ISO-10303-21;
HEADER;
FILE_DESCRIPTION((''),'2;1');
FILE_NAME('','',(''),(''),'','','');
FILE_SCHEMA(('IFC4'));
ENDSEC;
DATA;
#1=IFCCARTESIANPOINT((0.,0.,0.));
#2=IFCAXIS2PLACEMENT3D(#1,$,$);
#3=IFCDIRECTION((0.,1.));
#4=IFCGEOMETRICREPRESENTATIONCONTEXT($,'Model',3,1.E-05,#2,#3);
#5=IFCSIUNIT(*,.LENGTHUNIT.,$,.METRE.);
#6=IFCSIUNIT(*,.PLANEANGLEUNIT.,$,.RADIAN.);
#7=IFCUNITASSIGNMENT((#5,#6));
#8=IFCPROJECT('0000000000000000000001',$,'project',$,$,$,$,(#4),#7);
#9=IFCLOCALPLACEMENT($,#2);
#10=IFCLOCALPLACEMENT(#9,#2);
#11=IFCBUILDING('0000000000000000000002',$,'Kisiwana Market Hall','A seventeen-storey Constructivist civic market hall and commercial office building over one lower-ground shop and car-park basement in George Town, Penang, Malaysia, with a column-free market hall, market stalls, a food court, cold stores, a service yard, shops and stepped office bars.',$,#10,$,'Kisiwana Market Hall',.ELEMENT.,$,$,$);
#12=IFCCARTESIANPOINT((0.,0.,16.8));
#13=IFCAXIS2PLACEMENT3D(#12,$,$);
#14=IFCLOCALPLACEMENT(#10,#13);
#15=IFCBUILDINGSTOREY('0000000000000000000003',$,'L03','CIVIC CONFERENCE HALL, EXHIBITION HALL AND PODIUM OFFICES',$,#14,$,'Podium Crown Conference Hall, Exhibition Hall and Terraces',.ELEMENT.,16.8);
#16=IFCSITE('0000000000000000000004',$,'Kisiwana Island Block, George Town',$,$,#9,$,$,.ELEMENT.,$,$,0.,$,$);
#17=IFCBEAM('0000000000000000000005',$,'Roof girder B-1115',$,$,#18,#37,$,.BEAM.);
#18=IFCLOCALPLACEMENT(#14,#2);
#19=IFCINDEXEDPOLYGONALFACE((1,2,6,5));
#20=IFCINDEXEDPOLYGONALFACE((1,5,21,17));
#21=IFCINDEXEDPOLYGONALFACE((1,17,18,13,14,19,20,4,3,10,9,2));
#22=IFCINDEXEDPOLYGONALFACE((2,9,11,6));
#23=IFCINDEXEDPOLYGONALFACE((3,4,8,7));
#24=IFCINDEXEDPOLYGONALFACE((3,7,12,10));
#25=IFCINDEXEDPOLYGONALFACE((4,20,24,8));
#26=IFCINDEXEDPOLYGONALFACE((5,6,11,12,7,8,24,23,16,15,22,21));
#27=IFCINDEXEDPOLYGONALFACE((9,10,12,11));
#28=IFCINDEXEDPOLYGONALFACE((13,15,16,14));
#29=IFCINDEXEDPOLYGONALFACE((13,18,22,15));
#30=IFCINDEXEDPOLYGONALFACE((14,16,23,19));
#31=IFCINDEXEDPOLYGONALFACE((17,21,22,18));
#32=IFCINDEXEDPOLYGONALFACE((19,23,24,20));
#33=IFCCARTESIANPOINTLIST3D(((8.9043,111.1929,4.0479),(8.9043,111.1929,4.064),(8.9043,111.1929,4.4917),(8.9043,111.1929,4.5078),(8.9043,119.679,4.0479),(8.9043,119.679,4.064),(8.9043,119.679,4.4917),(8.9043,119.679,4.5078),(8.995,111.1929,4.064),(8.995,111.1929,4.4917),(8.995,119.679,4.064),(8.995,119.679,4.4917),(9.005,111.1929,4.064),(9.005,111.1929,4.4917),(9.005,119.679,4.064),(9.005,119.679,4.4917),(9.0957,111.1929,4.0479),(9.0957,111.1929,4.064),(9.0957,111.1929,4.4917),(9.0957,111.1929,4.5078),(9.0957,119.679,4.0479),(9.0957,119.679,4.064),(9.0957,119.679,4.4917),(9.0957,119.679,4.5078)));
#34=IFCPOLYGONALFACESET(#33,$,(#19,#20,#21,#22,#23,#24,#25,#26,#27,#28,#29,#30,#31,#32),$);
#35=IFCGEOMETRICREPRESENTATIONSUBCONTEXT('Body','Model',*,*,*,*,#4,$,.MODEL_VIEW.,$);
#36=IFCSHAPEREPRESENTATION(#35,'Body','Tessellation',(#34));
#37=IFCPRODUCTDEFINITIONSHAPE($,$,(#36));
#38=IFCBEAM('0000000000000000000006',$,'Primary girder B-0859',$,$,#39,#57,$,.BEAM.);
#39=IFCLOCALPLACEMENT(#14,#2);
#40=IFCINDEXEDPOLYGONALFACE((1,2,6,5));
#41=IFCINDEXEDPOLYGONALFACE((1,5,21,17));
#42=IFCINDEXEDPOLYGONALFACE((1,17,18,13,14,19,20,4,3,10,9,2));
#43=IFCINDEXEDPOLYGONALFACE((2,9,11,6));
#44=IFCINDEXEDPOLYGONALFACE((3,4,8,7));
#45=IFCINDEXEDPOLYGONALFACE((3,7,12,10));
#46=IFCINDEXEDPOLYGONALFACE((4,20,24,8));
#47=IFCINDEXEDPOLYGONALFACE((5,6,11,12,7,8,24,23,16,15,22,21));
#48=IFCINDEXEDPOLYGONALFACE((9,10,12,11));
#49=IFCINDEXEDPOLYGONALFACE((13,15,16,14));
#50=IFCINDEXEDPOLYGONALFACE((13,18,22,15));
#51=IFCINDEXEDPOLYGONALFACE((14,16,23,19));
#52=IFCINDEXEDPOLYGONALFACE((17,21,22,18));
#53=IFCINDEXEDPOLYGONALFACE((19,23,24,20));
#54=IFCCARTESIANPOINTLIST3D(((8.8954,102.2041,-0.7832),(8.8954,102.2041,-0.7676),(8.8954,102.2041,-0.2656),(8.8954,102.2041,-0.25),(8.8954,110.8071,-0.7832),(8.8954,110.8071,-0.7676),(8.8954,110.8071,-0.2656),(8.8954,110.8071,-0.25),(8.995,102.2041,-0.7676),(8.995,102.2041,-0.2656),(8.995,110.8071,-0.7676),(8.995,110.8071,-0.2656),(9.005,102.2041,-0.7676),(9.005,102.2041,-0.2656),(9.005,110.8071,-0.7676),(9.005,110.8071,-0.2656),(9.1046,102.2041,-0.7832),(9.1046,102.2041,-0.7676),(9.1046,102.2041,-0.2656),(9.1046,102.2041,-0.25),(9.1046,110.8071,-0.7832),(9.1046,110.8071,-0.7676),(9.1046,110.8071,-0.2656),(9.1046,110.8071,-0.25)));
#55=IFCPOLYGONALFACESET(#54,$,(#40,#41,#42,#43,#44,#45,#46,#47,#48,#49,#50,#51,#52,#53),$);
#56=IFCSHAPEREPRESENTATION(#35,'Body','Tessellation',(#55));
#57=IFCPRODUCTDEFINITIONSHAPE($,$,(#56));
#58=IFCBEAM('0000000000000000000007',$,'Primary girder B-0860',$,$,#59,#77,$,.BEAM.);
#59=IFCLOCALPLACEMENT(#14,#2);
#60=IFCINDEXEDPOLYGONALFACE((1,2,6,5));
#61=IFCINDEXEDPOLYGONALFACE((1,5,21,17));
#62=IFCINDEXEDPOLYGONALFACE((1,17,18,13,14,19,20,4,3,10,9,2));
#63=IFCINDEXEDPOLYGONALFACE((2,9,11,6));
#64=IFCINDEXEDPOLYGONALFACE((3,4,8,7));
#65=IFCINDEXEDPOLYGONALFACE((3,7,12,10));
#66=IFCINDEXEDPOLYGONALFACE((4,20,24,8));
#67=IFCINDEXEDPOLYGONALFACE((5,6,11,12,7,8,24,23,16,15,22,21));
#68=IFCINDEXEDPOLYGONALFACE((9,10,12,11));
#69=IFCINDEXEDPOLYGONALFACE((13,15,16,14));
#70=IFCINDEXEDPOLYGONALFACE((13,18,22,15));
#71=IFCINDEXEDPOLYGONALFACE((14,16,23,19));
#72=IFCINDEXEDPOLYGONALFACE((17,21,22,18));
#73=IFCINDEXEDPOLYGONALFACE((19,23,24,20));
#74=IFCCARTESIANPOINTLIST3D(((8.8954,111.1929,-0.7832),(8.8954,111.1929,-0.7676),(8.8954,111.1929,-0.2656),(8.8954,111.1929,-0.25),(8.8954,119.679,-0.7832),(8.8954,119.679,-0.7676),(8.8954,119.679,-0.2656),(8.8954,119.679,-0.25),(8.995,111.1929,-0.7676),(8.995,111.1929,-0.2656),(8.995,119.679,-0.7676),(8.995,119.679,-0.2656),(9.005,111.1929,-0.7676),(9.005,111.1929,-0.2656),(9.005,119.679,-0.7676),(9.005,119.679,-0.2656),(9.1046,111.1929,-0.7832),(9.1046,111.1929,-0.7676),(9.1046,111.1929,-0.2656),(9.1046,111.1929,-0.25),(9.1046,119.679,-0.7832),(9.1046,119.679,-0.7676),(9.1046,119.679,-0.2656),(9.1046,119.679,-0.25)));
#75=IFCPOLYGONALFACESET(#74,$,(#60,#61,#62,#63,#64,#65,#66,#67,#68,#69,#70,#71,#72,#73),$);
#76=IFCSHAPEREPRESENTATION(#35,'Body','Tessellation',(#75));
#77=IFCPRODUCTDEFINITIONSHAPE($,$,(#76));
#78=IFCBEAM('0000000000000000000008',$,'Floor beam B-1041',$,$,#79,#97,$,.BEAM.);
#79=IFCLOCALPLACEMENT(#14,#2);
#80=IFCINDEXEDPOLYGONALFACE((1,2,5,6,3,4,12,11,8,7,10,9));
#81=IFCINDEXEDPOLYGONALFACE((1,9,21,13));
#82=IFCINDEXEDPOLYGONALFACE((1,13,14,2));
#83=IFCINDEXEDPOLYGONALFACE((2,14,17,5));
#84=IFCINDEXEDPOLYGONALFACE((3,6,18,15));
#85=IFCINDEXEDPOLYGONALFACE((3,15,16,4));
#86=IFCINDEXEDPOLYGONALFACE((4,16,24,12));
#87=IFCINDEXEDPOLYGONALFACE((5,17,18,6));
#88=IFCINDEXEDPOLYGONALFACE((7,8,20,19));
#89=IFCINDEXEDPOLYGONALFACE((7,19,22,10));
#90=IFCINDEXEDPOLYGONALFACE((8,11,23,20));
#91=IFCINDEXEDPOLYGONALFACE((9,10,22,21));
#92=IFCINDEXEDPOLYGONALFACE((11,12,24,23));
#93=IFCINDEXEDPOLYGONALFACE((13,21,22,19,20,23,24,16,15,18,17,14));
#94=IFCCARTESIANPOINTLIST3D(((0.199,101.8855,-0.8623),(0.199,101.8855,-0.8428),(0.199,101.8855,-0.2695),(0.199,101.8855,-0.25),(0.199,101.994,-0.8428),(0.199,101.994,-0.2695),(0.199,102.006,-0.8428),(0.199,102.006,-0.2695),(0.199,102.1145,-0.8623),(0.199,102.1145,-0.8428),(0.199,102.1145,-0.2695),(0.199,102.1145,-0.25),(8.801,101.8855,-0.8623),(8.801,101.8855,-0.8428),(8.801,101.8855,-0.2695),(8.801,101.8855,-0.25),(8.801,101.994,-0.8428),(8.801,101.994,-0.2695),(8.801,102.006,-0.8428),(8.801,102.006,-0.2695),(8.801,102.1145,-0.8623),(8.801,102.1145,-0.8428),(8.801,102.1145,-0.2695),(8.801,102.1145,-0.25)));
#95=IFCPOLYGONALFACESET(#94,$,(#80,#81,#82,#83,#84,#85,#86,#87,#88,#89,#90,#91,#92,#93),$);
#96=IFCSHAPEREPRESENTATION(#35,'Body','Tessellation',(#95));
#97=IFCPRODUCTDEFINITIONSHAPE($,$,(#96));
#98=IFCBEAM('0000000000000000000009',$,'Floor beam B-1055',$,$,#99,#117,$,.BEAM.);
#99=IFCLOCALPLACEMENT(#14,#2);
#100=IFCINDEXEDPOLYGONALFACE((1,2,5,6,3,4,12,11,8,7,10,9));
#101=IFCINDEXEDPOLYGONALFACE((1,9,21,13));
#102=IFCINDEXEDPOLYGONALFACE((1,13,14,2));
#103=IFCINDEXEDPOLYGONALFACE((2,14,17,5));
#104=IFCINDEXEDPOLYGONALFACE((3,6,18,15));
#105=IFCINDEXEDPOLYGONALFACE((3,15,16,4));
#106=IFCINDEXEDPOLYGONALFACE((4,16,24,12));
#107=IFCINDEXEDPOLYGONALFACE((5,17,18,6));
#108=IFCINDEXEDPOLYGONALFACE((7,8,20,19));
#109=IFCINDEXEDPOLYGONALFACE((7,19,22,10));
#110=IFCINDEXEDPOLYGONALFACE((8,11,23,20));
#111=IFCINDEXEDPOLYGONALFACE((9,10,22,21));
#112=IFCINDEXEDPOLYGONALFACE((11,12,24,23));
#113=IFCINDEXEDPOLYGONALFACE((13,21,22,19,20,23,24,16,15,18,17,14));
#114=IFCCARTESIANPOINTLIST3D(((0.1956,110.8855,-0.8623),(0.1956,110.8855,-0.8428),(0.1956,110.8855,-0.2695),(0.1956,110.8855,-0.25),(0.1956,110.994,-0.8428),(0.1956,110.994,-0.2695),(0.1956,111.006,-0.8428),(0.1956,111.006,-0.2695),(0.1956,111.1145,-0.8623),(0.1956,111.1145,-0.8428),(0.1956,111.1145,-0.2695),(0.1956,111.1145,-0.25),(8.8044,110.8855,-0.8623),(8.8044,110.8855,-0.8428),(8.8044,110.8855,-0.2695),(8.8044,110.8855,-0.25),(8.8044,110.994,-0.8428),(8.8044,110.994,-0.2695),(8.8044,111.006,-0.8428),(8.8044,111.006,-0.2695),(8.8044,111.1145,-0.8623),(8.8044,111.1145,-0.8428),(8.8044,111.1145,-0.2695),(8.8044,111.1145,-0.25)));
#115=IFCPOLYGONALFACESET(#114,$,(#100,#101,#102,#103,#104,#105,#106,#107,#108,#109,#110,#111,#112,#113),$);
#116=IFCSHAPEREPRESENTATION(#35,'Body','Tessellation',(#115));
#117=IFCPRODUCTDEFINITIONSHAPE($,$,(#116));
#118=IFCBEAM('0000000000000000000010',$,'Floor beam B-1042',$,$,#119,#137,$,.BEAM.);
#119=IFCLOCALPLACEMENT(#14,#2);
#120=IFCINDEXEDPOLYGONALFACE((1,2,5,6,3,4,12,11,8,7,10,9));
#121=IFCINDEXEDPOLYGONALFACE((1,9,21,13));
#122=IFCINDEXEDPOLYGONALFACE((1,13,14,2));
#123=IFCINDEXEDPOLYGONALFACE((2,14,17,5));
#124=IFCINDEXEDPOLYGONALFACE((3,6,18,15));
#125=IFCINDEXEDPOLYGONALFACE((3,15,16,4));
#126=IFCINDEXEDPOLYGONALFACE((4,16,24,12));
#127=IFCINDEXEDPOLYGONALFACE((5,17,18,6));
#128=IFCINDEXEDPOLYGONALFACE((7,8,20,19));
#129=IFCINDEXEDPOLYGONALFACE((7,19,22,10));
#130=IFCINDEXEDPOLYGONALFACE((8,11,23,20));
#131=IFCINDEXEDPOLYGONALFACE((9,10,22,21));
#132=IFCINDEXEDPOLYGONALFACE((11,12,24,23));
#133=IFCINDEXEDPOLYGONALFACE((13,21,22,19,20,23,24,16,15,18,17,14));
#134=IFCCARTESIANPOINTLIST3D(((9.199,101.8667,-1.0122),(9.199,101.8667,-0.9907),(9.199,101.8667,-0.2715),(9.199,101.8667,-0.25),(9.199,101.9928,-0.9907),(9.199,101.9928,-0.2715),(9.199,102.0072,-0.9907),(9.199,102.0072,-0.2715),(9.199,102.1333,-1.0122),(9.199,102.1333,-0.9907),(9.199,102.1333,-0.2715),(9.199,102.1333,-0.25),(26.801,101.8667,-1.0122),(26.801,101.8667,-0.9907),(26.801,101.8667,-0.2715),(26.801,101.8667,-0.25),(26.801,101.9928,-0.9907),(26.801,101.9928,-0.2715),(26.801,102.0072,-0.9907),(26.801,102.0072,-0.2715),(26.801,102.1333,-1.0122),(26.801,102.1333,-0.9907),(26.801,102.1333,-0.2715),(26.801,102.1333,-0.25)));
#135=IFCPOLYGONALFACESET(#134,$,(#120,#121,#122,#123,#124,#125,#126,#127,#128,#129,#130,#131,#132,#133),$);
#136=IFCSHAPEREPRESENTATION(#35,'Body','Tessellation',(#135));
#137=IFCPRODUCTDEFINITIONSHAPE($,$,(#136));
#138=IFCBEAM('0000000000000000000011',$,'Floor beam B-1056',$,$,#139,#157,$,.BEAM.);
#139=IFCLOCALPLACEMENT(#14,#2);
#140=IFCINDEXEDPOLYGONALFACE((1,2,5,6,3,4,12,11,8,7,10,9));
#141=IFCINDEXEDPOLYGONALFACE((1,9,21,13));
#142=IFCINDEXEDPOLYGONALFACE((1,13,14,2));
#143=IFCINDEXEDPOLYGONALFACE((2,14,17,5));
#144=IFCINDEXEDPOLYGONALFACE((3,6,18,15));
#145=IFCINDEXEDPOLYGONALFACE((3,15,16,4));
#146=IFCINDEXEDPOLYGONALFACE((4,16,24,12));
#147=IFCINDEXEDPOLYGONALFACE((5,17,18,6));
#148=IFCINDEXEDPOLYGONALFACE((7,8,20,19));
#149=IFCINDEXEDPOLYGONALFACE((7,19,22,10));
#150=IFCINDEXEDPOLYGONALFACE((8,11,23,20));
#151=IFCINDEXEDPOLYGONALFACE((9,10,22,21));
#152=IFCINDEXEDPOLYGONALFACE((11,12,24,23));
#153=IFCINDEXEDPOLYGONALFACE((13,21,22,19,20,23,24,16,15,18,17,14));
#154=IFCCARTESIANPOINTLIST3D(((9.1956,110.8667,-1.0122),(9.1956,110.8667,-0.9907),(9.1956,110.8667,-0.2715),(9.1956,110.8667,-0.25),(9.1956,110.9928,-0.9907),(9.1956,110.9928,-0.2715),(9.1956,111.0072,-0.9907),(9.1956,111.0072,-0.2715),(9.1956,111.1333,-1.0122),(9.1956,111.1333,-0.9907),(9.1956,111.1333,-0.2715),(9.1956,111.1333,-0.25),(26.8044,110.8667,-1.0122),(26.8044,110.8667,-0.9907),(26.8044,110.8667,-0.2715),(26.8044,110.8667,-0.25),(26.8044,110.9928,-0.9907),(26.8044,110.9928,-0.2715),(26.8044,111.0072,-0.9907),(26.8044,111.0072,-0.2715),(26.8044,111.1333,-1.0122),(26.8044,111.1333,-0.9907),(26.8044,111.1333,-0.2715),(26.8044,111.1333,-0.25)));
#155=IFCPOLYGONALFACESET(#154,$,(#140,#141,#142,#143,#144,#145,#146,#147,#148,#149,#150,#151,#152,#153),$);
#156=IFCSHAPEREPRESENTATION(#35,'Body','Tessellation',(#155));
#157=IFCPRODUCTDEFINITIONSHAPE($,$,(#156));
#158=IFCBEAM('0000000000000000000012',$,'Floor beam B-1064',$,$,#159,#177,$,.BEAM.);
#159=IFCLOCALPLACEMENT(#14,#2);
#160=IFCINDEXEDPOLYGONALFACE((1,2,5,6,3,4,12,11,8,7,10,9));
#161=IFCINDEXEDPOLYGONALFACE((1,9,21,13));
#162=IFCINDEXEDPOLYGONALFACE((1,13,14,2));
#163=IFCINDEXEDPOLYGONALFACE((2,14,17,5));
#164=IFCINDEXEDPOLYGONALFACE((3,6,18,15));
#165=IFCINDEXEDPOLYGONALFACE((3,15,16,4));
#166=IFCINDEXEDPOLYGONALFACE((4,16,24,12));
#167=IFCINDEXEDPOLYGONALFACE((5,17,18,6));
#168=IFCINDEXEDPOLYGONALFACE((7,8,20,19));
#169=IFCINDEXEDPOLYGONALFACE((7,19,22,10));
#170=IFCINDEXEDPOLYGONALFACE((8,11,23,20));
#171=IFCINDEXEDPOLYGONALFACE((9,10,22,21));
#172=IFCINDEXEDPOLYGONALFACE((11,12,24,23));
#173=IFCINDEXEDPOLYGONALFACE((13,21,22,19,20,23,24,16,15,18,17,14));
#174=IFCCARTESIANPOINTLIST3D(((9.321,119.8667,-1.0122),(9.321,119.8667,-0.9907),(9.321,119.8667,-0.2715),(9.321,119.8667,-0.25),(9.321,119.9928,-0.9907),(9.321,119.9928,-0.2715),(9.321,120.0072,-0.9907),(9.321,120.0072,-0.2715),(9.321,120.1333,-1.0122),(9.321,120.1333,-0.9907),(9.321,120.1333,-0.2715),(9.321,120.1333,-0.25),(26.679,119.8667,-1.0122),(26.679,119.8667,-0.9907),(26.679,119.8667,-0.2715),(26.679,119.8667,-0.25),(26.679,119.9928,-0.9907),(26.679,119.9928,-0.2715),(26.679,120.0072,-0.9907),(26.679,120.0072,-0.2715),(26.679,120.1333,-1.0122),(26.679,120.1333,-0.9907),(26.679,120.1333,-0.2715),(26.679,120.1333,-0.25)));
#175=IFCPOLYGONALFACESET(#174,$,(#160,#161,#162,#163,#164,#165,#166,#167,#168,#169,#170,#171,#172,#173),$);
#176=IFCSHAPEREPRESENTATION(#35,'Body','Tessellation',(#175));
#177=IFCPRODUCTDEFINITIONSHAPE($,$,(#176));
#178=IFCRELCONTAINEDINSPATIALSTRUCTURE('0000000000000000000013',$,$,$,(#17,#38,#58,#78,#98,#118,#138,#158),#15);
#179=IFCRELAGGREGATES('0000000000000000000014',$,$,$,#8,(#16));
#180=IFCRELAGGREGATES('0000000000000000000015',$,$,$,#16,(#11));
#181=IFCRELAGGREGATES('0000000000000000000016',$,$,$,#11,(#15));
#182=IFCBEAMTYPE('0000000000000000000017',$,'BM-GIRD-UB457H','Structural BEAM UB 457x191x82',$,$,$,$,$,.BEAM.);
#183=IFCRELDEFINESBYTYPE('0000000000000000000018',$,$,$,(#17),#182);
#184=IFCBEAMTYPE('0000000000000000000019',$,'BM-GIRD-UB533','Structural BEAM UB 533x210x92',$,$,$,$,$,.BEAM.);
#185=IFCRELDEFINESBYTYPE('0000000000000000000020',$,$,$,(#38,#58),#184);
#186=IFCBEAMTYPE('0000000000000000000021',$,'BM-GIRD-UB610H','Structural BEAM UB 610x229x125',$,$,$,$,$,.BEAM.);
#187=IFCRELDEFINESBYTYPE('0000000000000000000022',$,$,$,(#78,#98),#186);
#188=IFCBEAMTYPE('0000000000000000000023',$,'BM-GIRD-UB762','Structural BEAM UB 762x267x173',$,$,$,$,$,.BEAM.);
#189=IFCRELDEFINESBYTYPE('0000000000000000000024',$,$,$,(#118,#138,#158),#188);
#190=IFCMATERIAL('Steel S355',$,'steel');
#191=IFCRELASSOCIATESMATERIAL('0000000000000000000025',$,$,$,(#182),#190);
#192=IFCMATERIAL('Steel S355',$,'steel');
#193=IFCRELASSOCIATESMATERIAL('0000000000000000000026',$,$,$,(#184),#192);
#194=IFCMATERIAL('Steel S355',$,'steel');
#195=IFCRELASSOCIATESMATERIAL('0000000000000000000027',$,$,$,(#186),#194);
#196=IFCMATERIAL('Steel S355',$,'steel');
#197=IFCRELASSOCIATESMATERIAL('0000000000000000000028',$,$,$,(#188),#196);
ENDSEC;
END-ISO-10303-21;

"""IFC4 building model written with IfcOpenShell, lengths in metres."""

from ifc_helpers import new_model, si_unit, direction, frame, origin, origin_2d, place, context, subcontext, project, spatial, i_section, extrude, material, material_profile, profile_set, type_object, element, save


model = new_model("IFC4")

# Units and contexts
model_context = context("Model", 3, precision=1e-05, world=origin(), true_north=direction((0.0, 1.0)))
body_context = subcontext(model_context, "Body", "Model", "MODEL_VIEW")
ifc_project = project(units=[si_unit("LENGTHUNIT", "METRE"), si_unit("PLANEANGLEUNIT", "RADIAN")], contexts=[model_context])

# Site, building, storey
site_placement = place(None, origin())
site = spatial("IfcSite", under=ifc_project, at=site_placement, Name="Kisiwana Island Block, George Town", CompositionType="ELEMENT", RefElevation=0.0)
building_placement = place(site_placement, origin())
building = spatial("IfcBuilding", under=site, at=building_placement, Name="Kisiwana Market Hall", Description="A seventeen-storey Constructivist civic market hall and commercial office building over one lower-ground shop and car-park basement in George Town, Penang, Malaysia, with a column-free market hall, market stalls, a food court, cold stores, a service yard, shops and stepped office bars.", LongName="Kisiwana Market Hall", CompositionType="ELEMENT")
storey_placement = place(building_placement, frame((0.0, 0.0, 16.8)))
storey = spatial("IfcBuildingStorey", under=building, at=storey_placement, Name="L03", Description="CIVIC CONFERENCE HALL, EXHIBITION HALL AND PODIUM OFFICES", LongName="Podium Crown Conference Hall, Exhibition Hall and Terraces", CompositionType="ELEMENT", Elevation=16.8)

# Beams
ifc_material_1 = material(Name="Steel S355", Category="steel")
ifc_material_profile_1 = material_profile(ifc_material_1, i_section(OverallWidth=0.1914, OverallDepth=0.46, WebThickness=0.01, FlangeThickness=0.0161, at=origin_2d()), Name="UB 457x191x82")
ifc_profile_set_1 = profile_set([ifc_material_profile_1], Name="Steel S355")
beam_type_1 = type_object("IfcBeamType", Name="BM-GIRD-UB457H", Description="Structural BEAM UB 457x191x82", PredefinedType="BEAM", material=ifc_profile_set_1)
for number, where, z_axis, x_axis, name in (
    (1, (9.0, 111.1929, 4.2778), (0.0, 1.0, 0.0), (-1.0, 0.0, 0.0), "Roof girder B-1115"),
):
    element("IfcBeam", number, at=place(storey_placement, frame(where, z_axis=z_axis, x_axis=x_axis)), inside=storey, type_object=beam_type_1, Name=name, PredefinedType="BEAM", context=body_context, shape_type="SweptSolid", body=[
        extrude(i_section(OverallWidth=0.1914, OverallDepth=0.46, WebThickness=0.01, FlangeThickness=0.0161, at=origin_2d()), origin(), (0.0, 0.0, 1.0), 8.4861),
    ])
ifc_material_2 = material(Name="Steel S355", Category="steel")
ifc_material_profile_2 = material_profile(ifc_material_2, i_section(OverallWidth=0.2092, OverallDepth=0.5332, WebThickness=0.01, FlangeThickness=0.0156, at=origin_2d()), Name="UB 533x210x92")
ifc_profile_set_2 = profile_set([ifc_material_profile_2], Name="Steel S355")
beam_type_2 = type_object("IfcBeamType", Name="BM-GIRD-UB533", Description="Structural BEAM UB 533x210x92", PredefinedType="BEAM", material=ifc_profile_set_2)
beam_1_placement = place(storey_placement, frame((9.0, 102.2041, -0.5166), z_axis=(0.0, 1.0, 0.0), x_axis=(-1.0, 0.0, 0.0)))
element("IfcBeam", 2, at=beam_1_placement, inside=storey, type_object=beam_type_2, Name="Primary girder B-0859", PredefinedType="BEAM", context=body_context, shape_type="SweptSolid", body=[
    extrude(i_section(OverallWidth=0.2092, OverallDepth=0.5332, WebThickness=0.01, FlangeThickness=0.0156, at=origin_2d()), origin(), (0.0, 0.0, 1.0), 8.603),
])
beam_2_placement = place(storey_placement, frame((9.0, 111.1929, -0.5166), z_axis=(0.0, 1.0, 0.0), x_axis=(-1.0, 0.0, 0.0)))
element("IfcBeam", 3, at=beam_2_placement, inside=storey, type_object=beam_type_2, Name="Primary girder B-0860", PredefinedType="BEAM", context=body_context, shape_type="SweptSolid", body=[
    extrude(i_section(OverallWidth=0.2092, OverallDepth=0.5332, WebThickness=0.01, FlangeThickness=0.0156, at=origin_2d()), origin(), (0.0, 0.0, 1.0), 8.4861),
])
ifc_material_3 = material(Name="Steel S355", Category="steel")
ifc_material_profile_3 = material_profile(ifc_material_3, i_section(OverallWidth=0.229, OverallDepth=0.6123, WebThickness=0.012, FlangeThickness=0.0195, at=origin_2d()), Name="UB 610x229x125")
ifc_profile_set_3 = profile_set([ifc_material_profile_3], Name="Steel S355")
beam_type_3 = type_object("IfcBeamType", Name="BM-GIRD-UB610H", Description="Structural BEAM UB 610x229x125", PredefinedType="BEAM", material=ifc_profile_set_3)
beam_3_placement = place(storey_placement, frame((0.199, 102.0, -0.5562), z_axis=(1.0, 0.0, 0.0), x_axis=(0.0, 1.0, 0.0)))
element("IfcBeam", 4, at=beam_3_placement, inside=storey, type_object=beam_type_3, Name="Floor beam B-1041", PredefinedType="BEAM", context=body_context, shape_type="SweptSolid", body=[
    extrude(i_section(OverallWidth=0.229, OverallDepth=0.6123, WebThickness=0.012, FlangeThickness=0.0195, at=origin_2d()), origin(), (0.0, 0.0, 1.0), 8.6021),
])
beam_4_placement = place(storey_placement, frame((0.1956, 111.0, -0.5562), z_axis=(1.0, 0.0, 0.0), x_axis=(0.0, 1.0, 0.0)))
element("IfcBeam", 5, at=beam_4_placement, inside=storey, type_object=beam_type_3, Name="Floor beam B-1055", PredefinedType="BEAM", context=body_context, shape_type="SweptSolid", body=[
    extrude(i_section(OverallWidth=0.229, OverallDepth=0.6123, WebThickness=0.012, FlangeThickness=0.0195, at=origin_2d()), origin(), (0.0, 0.0, 1.0), 8.6089),
])
ifc_material_4 = material(Name="Steel S355", Category="steel")
ifc_material_profile_4 = material_profile(ifc_material_4, i_section(OverallWidth=0.2666, OverallDepth=0.7622, WebThickness=0.0144, FlangeThickness=0.0215, at=origin_2d()), Name="UB 762x267x173")
ifc_profile_set_4 = profile_set([ifc_material_profile_4], Name="Steel S355")
beam_type_4 = type_object("IfcBeamType", Name="BM-GIRD-UB762", Description="Structural BEAM UB 762x267x173", PredefinedType="BEAM", material=ifc_profile_set_4)
beam_5_placement = place(storey_placement, frame((9.199, 102.0, -0.6311), z_axis=(1.0, 0.0, 0.0), x_axis=(0.0, 1.0, 0.0)))
element("IfcBeam", 6, at=beam_5_placement, inside=storey, type_object=beam_type_4, Name="Floor beam B-1042", PredefinedType="BEAM", context=body_context, shape_type="SweptSolid", body=[
    extrude(i_section(OverallWidth=0.2666, OverallDepth=0.7622, WebThickness=0.0144, FlangeThickness=0.0215, at=origin_2d()), origin(), (0.0, 0.0, 1.0), 17.6021),
])
beam_6_placement = place(storey_placement, frame((9.1956, 111.0, -0.6311), z_axis=(1.0, 0.0, 0.0), x_axis=(0.0, 1.0, 0.0)))
element("IfcBeam", 7, at=beam_6_placement, inside=storey, type_object=beam_type_4, Name="Floor beam B-1056", PredefinedType="BEAM", context=body_context, shape_type="SweptSolid", body=[
    extrude(i_section(OverallWidth=0.2666, OverallDepth=0.7622, WebThickness=0.0144, FlangeThickness=0.0215, at=origin_2d()), origin(), (0.0, 0.0, 1.0), 17.6089),
])
beam_7_placement = place(storey_placement, frame((9.321, 120.0, -0.6311), z_axis=(1.0, 0.0, 0.0), x_axis=(0.0, 1.0, 0.0)))
element("IfcBeam", 8, at=beam_7_placement, inside=storey, type_object=beam_type_4, Name="Floor beam B-1064", PredefinedType="BEAM", context=body_context, shape_type="SweptSolid", body=[
    extrude(i_section(OverallWidth=0.2666, OverallDepth=0.7622, WebThickness=0.0144, FlangeThickness=0.0215, at=origin_2d()), origin(), (0.0, 0.0, 1.0), 17.3579),
])

save(model, "model.ifc")
